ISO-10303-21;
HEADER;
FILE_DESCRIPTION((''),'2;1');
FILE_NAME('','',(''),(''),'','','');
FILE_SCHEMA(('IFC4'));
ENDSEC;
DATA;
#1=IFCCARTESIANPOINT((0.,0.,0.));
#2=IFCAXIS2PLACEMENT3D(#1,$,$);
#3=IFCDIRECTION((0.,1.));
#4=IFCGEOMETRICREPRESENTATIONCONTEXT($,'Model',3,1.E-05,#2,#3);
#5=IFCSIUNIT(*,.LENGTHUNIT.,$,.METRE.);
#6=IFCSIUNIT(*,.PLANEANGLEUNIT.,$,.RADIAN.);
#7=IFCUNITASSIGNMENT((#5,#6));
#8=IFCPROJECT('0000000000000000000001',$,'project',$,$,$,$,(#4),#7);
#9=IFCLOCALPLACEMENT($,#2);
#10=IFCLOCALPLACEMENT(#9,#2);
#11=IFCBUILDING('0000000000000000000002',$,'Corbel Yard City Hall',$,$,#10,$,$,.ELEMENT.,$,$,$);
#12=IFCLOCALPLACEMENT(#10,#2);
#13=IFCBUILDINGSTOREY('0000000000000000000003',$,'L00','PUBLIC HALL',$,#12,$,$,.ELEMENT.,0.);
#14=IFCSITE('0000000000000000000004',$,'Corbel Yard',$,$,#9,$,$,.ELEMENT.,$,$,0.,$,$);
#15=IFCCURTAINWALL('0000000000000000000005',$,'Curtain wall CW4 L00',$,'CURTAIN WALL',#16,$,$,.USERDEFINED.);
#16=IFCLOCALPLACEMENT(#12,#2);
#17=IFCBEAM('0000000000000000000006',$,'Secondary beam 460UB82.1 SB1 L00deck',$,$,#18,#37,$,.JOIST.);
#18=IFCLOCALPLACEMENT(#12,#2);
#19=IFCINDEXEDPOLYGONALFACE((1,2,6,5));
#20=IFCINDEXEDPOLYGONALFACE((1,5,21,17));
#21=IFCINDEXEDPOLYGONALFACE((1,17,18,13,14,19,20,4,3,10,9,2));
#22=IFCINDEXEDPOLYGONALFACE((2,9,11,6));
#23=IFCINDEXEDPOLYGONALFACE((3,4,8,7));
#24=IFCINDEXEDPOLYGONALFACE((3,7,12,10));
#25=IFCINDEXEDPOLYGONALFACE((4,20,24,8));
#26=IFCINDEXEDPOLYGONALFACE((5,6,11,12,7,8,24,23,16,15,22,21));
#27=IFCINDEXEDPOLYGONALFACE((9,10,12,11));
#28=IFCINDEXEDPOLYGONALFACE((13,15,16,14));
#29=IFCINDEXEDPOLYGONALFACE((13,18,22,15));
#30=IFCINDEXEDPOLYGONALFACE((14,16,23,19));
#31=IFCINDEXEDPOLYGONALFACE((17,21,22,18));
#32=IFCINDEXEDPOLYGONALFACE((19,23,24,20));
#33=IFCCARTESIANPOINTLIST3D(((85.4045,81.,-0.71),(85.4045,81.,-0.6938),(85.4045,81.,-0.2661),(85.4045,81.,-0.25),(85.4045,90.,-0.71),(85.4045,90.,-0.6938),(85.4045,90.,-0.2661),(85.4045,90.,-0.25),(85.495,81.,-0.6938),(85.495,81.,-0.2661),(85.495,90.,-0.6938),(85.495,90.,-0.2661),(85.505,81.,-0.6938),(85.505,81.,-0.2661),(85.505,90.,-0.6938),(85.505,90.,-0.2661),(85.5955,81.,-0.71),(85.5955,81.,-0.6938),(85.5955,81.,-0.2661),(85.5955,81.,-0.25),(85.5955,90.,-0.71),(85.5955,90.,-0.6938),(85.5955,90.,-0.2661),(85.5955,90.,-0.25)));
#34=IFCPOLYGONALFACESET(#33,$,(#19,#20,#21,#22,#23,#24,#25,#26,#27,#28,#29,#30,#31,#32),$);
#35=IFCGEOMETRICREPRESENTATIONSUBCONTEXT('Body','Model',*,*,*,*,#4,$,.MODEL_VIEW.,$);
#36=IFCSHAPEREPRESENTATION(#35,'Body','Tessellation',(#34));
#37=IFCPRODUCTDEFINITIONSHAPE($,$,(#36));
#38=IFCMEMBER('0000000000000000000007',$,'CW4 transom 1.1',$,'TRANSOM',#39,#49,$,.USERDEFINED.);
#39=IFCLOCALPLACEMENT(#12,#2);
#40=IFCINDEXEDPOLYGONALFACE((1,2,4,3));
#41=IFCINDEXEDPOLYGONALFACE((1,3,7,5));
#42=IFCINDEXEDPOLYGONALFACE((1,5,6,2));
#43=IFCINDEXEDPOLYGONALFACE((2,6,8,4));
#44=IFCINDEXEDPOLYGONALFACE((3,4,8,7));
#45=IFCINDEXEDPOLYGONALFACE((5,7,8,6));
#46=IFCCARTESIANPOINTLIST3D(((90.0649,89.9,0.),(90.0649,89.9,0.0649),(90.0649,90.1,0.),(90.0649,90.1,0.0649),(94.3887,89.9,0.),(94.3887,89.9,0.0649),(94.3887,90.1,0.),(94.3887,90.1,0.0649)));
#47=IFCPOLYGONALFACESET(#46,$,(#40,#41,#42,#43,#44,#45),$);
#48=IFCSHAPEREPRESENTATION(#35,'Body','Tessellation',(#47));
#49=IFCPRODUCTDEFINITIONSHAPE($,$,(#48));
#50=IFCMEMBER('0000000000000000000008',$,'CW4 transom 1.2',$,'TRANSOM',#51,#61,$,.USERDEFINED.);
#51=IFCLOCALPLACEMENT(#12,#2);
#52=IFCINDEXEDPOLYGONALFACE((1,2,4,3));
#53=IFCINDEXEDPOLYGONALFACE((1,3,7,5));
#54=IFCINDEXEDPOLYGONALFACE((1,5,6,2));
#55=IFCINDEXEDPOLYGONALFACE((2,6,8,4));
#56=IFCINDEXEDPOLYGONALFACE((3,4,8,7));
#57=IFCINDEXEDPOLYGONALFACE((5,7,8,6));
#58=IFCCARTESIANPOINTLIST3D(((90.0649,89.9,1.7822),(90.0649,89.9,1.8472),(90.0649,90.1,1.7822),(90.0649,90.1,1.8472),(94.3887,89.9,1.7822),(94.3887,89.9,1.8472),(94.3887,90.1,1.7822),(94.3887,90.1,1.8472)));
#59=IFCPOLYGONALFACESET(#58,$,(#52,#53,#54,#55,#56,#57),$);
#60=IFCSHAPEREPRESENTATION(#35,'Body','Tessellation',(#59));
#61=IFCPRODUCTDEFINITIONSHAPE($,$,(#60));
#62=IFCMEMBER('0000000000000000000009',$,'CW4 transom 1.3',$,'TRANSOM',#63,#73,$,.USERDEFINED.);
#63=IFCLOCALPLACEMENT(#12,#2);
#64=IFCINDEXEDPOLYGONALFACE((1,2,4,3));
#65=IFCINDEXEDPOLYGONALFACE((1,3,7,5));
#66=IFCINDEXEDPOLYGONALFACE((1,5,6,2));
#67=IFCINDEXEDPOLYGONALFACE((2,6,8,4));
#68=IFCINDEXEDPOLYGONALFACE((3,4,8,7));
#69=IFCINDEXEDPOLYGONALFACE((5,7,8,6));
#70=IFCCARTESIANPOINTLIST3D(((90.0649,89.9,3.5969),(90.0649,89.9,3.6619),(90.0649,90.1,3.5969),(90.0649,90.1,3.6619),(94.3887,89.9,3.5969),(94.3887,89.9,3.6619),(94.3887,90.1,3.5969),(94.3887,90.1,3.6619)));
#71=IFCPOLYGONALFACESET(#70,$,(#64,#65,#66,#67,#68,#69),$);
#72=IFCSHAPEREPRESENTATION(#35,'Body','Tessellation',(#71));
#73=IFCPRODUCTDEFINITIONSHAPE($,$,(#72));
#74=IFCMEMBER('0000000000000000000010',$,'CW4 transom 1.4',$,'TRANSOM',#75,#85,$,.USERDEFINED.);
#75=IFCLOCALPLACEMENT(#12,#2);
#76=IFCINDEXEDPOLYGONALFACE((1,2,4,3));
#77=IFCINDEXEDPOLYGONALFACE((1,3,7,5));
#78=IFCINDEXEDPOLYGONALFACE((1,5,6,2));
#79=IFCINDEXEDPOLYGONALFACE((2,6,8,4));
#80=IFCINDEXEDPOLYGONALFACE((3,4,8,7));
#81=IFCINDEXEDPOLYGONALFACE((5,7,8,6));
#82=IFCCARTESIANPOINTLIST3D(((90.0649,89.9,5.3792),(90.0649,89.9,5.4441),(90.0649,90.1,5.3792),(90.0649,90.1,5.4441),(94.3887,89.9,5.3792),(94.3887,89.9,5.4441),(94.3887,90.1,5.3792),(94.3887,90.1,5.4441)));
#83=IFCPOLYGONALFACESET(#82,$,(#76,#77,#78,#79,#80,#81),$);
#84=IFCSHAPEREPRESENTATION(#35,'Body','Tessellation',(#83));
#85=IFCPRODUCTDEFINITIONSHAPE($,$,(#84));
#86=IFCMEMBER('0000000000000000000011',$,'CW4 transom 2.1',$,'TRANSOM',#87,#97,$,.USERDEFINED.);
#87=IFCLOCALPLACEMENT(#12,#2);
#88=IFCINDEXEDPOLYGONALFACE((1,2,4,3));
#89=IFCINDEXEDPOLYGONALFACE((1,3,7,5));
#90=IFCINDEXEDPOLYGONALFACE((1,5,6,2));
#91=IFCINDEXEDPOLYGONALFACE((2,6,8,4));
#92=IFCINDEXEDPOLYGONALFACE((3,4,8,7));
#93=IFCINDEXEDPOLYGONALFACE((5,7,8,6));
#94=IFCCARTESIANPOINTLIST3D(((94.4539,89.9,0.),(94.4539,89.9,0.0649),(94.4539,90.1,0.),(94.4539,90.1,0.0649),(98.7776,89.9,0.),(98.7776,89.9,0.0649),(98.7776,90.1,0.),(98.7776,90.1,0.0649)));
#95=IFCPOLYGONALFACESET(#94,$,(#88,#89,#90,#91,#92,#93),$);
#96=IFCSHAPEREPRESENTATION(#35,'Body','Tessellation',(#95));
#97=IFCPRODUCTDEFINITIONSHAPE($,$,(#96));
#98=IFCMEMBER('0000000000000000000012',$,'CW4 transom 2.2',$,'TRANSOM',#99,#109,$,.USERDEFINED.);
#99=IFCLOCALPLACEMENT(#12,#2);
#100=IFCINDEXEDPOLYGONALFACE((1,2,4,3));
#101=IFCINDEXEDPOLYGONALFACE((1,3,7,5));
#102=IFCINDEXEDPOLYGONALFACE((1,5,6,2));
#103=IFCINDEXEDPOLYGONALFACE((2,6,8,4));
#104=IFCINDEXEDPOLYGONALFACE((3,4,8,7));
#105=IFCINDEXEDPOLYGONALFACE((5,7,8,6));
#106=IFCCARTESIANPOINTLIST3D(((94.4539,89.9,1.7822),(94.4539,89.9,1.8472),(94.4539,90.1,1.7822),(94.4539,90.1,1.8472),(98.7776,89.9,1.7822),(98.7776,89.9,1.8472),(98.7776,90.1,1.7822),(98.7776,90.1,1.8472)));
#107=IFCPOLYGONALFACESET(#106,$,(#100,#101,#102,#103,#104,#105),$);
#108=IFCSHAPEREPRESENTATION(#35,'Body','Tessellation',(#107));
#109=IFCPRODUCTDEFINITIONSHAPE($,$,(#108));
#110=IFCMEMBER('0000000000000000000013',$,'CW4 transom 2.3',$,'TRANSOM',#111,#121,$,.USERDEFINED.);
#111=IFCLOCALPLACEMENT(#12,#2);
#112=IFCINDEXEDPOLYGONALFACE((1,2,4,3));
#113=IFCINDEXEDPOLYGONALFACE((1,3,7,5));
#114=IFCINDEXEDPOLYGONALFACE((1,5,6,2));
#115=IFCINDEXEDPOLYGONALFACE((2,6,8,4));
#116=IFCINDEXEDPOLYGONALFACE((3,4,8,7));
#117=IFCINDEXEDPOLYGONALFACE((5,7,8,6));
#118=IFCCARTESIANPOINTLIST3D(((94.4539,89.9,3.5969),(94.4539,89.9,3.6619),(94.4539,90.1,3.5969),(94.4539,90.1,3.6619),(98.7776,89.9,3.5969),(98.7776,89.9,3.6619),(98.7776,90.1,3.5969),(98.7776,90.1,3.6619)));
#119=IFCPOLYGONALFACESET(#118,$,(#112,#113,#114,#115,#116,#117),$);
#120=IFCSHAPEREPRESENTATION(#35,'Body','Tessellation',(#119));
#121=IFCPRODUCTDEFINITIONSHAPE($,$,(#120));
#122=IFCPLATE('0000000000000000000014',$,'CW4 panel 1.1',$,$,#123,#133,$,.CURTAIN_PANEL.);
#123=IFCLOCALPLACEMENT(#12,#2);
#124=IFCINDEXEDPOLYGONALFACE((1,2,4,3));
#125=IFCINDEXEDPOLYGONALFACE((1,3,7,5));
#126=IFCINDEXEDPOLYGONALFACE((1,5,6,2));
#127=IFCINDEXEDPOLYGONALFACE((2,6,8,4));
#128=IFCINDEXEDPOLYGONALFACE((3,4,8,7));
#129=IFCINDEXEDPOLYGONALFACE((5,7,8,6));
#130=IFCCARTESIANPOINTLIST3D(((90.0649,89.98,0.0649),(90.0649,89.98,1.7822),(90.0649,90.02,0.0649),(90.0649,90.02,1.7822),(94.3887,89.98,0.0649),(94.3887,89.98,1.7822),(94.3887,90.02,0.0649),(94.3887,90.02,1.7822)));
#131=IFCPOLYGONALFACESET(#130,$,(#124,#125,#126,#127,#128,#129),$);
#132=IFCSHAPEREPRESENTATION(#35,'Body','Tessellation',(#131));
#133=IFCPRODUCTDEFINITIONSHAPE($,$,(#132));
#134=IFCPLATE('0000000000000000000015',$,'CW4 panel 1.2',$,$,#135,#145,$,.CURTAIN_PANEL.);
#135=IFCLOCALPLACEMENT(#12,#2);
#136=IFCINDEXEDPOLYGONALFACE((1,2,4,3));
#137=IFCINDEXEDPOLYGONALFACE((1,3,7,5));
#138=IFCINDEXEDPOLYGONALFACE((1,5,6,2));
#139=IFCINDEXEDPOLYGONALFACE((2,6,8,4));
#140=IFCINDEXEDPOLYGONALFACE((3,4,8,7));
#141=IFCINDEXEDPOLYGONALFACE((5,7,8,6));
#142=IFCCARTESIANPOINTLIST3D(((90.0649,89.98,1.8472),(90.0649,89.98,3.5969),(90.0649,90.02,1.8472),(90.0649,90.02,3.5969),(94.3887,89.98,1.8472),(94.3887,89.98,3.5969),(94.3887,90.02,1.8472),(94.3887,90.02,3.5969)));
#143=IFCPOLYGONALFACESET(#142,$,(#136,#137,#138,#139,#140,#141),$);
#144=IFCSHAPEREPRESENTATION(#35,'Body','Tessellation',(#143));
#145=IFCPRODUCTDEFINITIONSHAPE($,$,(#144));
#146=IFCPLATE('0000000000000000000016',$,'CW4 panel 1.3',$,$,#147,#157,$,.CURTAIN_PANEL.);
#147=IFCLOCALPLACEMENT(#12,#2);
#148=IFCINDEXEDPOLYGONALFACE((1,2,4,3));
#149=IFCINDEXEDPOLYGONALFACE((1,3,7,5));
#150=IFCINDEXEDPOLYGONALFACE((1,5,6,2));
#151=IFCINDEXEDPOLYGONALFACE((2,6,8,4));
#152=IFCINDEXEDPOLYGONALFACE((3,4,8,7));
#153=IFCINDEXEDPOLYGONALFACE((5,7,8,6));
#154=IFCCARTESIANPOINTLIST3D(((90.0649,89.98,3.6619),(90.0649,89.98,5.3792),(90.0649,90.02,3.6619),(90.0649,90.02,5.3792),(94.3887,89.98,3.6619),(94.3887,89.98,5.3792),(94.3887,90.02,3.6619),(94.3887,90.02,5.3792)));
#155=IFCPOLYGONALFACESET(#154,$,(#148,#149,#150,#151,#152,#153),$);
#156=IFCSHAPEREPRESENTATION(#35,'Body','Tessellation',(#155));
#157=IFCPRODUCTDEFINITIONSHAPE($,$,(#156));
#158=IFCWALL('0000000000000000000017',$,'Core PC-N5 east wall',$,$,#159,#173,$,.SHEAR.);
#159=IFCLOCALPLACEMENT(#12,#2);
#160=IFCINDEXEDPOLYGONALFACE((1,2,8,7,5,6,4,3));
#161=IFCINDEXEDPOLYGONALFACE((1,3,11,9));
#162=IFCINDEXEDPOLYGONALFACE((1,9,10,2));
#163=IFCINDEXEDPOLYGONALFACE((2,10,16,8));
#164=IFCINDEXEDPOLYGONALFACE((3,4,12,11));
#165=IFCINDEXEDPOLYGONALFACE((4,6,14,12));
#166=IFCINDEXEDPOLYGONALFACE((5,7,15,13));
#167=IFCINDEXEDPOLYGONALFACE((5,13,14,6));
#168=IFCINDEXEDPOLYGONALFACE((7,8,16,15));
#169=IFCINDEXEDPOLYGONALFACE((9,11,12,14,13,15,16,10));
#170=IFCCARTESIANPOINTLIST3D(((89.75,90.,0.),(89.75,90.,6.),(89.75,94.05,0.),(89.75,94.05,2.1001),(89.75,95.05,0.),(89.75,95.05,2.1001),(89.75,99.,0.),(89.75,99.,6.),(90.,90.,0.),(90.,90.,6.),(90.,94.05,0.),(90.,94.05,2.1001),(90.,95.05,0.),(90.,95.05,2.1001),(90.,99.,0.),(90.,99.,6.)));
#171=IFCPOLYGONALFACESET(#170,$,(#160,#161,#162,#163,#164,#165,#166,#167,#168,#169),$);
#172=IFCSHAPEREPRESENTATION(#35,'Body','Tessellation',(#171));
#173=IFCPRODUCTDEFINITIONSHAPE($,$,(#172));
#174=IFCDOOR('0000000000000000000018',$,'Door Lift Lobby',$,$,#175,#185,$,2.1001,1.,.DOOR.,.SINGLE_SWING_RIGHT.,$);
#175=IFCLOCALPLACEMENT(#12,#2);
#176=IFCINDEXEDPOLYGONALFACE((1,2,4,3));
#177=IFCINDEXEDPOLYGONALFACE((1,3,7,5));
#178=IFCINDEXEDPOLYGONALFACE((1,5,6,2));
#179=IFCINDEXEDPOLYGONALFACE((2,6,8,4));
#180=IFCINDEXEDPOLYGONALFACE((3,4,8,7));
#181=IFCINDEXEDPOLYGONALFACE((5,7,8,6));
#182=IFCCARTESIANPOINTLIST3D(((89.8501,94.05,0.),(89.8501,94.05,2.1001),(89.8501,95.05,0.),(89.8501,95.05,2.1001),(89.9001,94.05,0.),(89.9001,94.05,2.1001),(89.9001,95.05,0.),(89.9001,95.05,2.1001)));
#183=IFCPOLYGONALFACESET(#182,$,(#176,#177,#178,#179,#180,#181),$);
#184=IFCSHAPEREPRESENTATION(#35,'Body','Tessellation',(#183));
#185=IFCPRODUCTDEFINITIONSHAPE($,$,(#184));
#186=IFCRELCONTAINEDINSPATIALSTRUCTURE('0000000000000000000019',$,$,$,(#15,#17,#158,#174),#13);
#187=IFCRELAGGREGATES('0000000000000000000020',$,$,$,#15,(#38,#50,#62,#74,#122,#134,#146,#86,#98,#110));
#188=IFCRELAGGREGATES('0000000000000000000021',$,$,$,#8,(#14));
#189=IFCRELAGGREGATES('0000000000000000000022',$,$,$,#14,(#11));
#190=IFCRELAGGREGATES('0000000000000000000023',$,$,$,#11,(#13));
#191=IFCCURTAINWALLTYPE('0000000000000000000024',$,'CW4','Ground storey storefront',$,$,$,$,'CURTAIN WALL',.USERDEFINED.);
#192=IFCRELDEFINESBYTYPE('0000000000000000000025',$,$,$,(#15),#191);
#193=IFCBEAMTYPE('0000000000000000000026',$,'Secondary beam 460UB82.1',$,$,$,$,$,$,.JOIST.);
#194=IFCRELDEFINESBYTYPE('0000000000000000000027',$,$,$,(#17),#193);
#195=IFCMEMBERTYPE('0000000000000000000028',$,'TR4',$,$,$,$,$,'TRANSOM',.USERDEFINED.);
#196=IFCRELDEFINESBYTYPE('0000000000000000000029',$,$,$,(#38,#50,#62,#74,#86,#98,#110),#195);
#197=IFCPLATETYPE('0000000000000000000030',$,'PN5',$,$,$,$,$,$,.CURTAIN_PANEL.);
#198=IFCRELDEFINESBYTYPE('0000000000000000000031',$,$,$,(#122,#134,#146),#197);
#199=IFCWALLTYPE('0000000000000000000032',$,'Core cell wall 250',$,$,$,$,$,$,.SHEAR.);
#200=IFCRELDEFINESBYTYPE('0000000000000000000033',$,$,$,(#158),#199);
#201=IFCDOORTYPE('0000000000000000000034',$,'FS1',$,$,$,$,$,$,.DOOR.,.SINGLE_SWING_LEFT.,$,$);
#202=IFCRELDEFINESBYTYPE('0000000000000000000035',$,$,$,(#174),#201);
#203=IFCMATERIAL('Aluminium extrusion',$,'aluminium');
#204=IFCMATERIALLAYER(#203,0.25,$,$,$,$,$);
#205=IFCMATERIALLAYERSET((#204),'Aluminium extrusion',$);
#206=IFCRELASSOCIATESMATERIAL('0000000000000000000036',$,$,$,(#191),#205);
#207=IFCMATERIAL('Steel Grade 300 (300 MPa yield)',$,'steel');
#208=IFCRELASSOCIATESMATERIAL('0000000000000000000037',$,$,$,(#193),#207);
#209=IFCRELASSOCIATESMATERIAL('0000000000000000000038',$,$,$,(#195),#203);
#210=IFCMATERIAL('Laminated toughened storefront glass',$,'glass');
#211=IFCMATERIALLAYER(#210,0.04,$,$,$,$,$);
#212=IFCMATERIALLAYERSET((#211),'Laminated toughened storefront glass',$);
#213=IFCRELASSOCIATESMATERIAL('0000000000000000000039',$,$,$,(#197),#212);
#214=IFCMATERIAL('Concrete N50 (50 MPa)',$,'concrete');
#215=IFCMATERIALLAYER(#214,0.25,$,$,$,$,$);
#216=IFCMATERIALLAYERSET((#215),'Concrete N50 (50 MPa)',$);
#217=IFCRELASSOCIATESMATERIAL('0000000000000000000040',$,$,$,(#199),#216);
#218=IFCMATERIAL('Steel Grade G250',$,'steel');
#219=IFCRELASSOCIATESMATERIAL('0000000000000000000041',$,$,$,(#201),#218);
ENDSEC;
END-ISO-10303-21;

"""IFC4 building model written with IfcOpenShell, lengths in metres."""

from ifc_helpers import new_model, si_unit, direction, frame, frame_2d, origin, origin_2d, place, context, subcontext, project, spatial, rectangle, i_section, extrude, material, layer, layer_set, material_profile, profile_set, type_object, element, fill, aggregate, save


model = new_model("IFC4")

# Units and contexts
model_context = context("Model", 3, precision=1e-05, world=origin(), true_north=direction((0.0, 1.0)))
body_context = subcontext(model_context, "Body", "Model", "MODEL_VIEW")
ifc_project = project(units=[si_unit("LENGTHUNIT", "METRE"), si_unit("PLANEANGLEUNIT", "RADIAN")], contexts=[model_context])

# Site, building, storey
site_placement = place(None, origin())
site = spatial("IfcSite", under=ifc_project, at=site_placement, Name="Corbel Yard", CompositionType="ELEMENT", RefElevation=0.0)
building_placement = place(site_placement, origin())
building = spatial("IfcBuilding", under=site, at=building_placement, Name="Corbel Yard City Hall", CompositionType="ELEMENT")
storey_placement = place(building_placement, origin())
storey = spatial("IfcBuildingStorey", under=building, at=storey_placement, Name="L00", Description="PUBLIC HALL", CompositionType="ELEMENT", Elevation=0.0)

# Shared definitions
ifc_material_1 = material(Name="Steel Grade 300 (300 MPa yield)", Category="steel")

# Curtain wall
ifc_material_2 = material(Name="Aluminium extrusion", Category="aluminium")
ifc_layer_1 = layer(ifc_material_2, 0.25)
ifc_layer_set_1 = layer_set([ifc_layer_1], Name="Aluminium extrusion")
curtain_wall_type = type_object("IfcCurtainWallType", Name="CW4", Description="Ground storey storefront", ElementType="CURTAIN WALL", PredefinedType="USERDEFINED", material=ifc_layer_set_1)
curtain_wall_placement = place(storey_placement, origin())
curtain_wall = element("IfcCurtainWall", 1, at=curtain_wall_placement, inside=storey, type_object=curtain_wall_type, Name="Curtain wall CW4 L00", ObjectType="CURTAIN WALL", PredefinedType="USERDEFINED")

# Beam
ifc_material_profile_1 = material_profile(ifc_material_1, i_section(OverallWidth=0.1909, OverallDepth=0.46, WebThickness=0.01, FlangeThickness=0.0161, at=origin_2d()), Name="460UB82.1")
ifc_profile_set_1 = profile_set([ifc_material_profile_1], Name="Steel Grade 300 (300 MPa yield)")
beam_type_1 = type_object("IfcBeamType", Name="Secondary beam 460UB82.1", PredefinedType="JOIST", material=ifc_profile_set_1)
beam_1_placement = place(storey_placement, frame((85.5, 81.0, -0.48), z_axis=(0.0, 1.0, 0.0), x_axis=(-1.0, 0.0, 0.0)))
element("IfcBeam", 2, at=beam_1_placement, inside=storey, type_object=beam_type_1, Name="Secondary beam 460UB82.1 SB1 L00deck", PredefinedType="JOIST", context=body_context, shape_type="SweptSolid", body=[
    extrude(i_section(OverallWidth=0.1909, OverallDepth=0.46, WebThickness=0.01, FlangeThickness=0.0161, at=origin_2d()), origin(), (0.0, 0.0, 1.0), 9.0),
])

# Members
ifc_material_profile_2 = material_profile(ifc_material_2, rectangle(XDim=0.2, YDim=0.0649, at=origin_2d()), Name="200x65")
ifc_profile_set_2 = profile_set([ifc_material_profile_2], Name="Aluminium extrusion")
member_type_1 = type_object("IfcMemberType", Name="TR4", ElementType="TRANSOM", PredefinedType="USERDEFINED", material=ifc_profile_set_2)
member_1_placement = place(storey_placement, frame((90.0649, 90.0, 0.0325), z_axis=(1.0, 0.0, 0.0), x_axis=(0.0, 1.0, 0.0)))
member_1 = element("IfcMember", 3, at=member_1_placement, type_object=member_type_1, Name="CW4 transom 1.1", ObjectType="TRANSOM", PredefinedType="USERDEFINED", context=body_context, shape_type="SweptSolid", body=[
    extrude(rectangle(XDim=0.2, YDim=0.0649, at=origin_2d()), origin(), (0.0, 0.0, 1.0), 4.3237),
])
member_2_placement = place(storey_placement, frame((90.0649, 90.0, 1.8147), z_axis=(1.0, 0.0, 0.0), x_axis=(0.0, 1.0, 0.0)))
member_2 = element("IfcMember", 4, at=member_2_placement, type_object=member_type_1, Name="CW4 transom 1.2", ObjectType="TRANSOM", PredefinedType="USERDEFINED", context=body_context, shape_type="SweptSolid", body=[
    extrude(rectangle(XDim=0.2, YDim=0.0649, at=origin_2d()), origin(), (0.0, 0.0, 1.0), 4.3237),
])
member_3_placement = place(storey_placement, frame((90.0649, 90.0, 3.6294), z_axis=(1.0, 0.0, 0.0), x_axis=(0.0, 1.0, 0.0)))
member_3 = element("IfcMember", 5, at=member_3_placement, type_object=member_type_1, Name="CW4 transom 1.3", ObjectType="TRANSOM", PredefinedType="USERDEFINED", context=body_context, shape_type="SweptSolid", body=[
    extrude(rectangle(XDim=0.2, YDim=0.0649, at=origin_2d()), origin(), (0.0, 0.0, 1.0), 4.3237),
])
member_4_placement = place(storey_placement, frame((90.0649, 90.0, 5.4116), z_axis=(1.0, 0.0, 0.0), x_axis=(0.0, 1.0, 0.0)))
member_4 = element("IfcMember", 6, at=member_4_placement, type_object=member_type_1, Name="CW4 transom 1.4", ObjectType="TRANSOM", PredefinedType="USERDEFINED", context=body_context, shape_type="SweptSolid", body=[
    extrude(rectangle(XDim=0.2, YDim=0.0649, at=origin_2d()), origin(), (0.0, 0.0, 1.0), 4.3237),
])
member_5_placement = place(storey_placement, frame((94.4539, 90.0, 0.0325), z_axis=(1.0, 0.0, 0.0), x_axis=(0.0, 1.0, 0.0)))
member_5 = element("IfcMember", 7, at=member_5_placement, type_object=member_type_1, Name="CW4 transom 2.1", ObjectType="TRANSOM", PredefinedType="USERDEFINED", context=body_context, shape_type="SweptSolid", body=[
    extrude(rectangle(XDim=0.2, YDim=0.0649, at=origin_2d()), origin(), (0.0, 0.0, 1.0), 4.3237),
])
member_6_placement = place(storey_placement, frame((94.4539, 90.0, 1.8147), z_axis=(1.0, 0.0, 0.0), x_axis=(0.0, 1.0, 0.0)))
member_6 = element("IfcMember", 8, at=member_6_placement, type_object=member_type_1, Name="CW4 transom 2.2", ObjectType="TRANSOM", PredefinedType="USERDEFINED", context=body_context, shape_type="SweptSolid", body=[
    extrude(rectangle(XDim=0.2, YDim=0.0649, at=origin_2d()), origin(), (0.0, 0.0, 1.0), 4.3237),
])
member_7_placement = place(storey_placement, frame((94.4539, 90.0, 3.6294), z_axis=(1.0, 0.0, 0.0), x_axis=(0.0, 1.0, 0.0)))
member_7 = element("IfcMember", 9, at=member_7_placement, type_object=member_type_1, Name="CW4 transom 2.3", ObjectType="TRANSOM", PredefinedType="USERDEFINED", context=body_context, shape_type="SweptSolid", body=[
    extrude(rectangle(XDim=0.2, YDim=0.0649, at=origin_2d()), origin(), (0.0, 0.0, 1.0), 4.3237),
])

# Plates
ifc_material_3 = material(Name="Laminated toughened storefront glass", Category="glass")
ifc_layer_2 = layer(ifc_material_3, 0.04)
ifc_layer_set_2 = layer_set([ifc_layer_2], Name="Laminated toughened storefront glass")
plate_type = type_object("IfcPlateType", Name="PN5", PredefinedType="CURTAIN_PANEL", material=ifc_layer_set_2)
plate_1_placement = place(storey_placement, frame((92.2268, 90.0, 0.0649), z_axis=(0.0, 0.0, 1.0), x_axis=(1.0, 0.0, 0.0)))
plate_1 = element("IfcPlate", 10, at=plate_1_placement, type_object=plate_type, Name="CW4 panel 1.1", PredefinedType="CURTAIN_PANEL", context=body_context, shape_type="SweptSolid", body=[
    extrude(rectangle(XDim=4.3237, YDim=0.04, at=origin_2d()), origin(), (0.0, 0.0, 1.0), 1.7173),
])
plate_2_placement = place(storey_placement, frame((92.2268, 90.0, 1.8472), z_axis=(0.0, 0.0, 1.0), x_axis=(1.0, 0.0, 0.0)))
plate_2 = element("IfcPlate", 11, at=plate_2_placement, type_object=plate_type, Name="CW4 panel 1.2", PredefinedType="CURTAIN_PANEL", context=body_context, shape_type="SweptSolid", body=[
    extrude(rectangle(XDim=4.3237, YDim=0.04, at=origin_2d()), origin(), (0.0, 0.0, 1.0), 1.7498),
])
plate_3_placement = place(storey_placement, frame((92.2268, 90.0, 3.6619), z_axis=(0.0, 0.0, 1.0), x_axis=(1.0, 0.0, 0.0)))
plate_3 = element("IfcPlate", 12, at=plate_3_placement, type_object=plate_type, Name="CW4 panel 1.3", PredefinedType="CURTAIN_PANEL", context=body_context, shape_type="SweptSolid", body=[
    extrude(rectangle(XDim=4.3237, YDim=0.04, at=origin_2d()), origin(), (0.0, 0.0, 1.0), 1.7173),
])
aggregate(curtain_wall, [member_1, member_2, member_3, member_4, plate_1, plate_2, plate_3, member_5, member_6, member_7])

# Wall, opening, door
ifc_material_4 = material(Name="Concrete N50 (50 MPa)", Category="concrete")
ifc_layer_3 = layer(ifc_material_4, 0.25)
ifc_layer_set_3 = layer_set([ifc_layer_3], Name="Concrete N50 (50 MPa)")
wall_type_1 = type_object("IfcWallType", Name="Core cell wall 250", PredefinedType="SHEAR", material=ifc_layer_set_3)
wall_1_placement = place(storey_placement, frame((89.875, 90.0, 0.0), z_axis=(0.0, 0.0, 1.0), x_axis=(0.0, 1.0, 0.0)))
wall_1 = element("IfcWall", 13, at=wall_1_placement, inside=storey, type_object=wall_type_1, Name="Core PC-N5 east wall", PredefinedType="SHEAR", context=body_context, shape_type="SweptSolid", body=[
    extrude(rectangle(XDim=9.0, YDim=0.25, at=frame_2d((4.5, 0.0))), origin(), (0.0, 0.0, 1.0), 6.0),
])
opening_1_placement = place(wall_1_placement, frame((4.05, 0.0, 0.0)))
opening_1 = element("IfcOpeningElement", 14, at=opening_1_placement, cuts=wall_1, PredefinedType="OPENING", context=body_context, shape_type="SweptSolid", body=[
    extrude(rectangle(XDim=1.0, YDim=2.1001, at=frame_2d((0.5, 1.05))), frame((0.0, 0.135, 0.0), z_axis=(0.0, -1.0, 0.0), x_axis=(1.0, 0.0, 0.0)), (0.0, 0.0, 1.0), 0.27),
])
ifc_material_5 = material(Name="Steel Grade G250", Category="steel")
door_type = type_object("IfcDoorType", Name="FS1", OperationType="SINGLE_SWING_LEFT", PredefinedType="DOOR", material=ifc_material_5)
door_1_placement = place(opening_1_placement, origin())
door_1 = element("IfcDoor", 15, at=door_1_placement, inside=storey, type_object=door_type, Name="Door Lift Lobby", OperationType="SINGLE_SWING_RIGHT", OverallHeight=2.1001, OverallWidth=1.0, PredefinedType="DOOR", context=body_context, shape_type="SweptSolid", body=[
    extrude(rectangle(XDim=1.0, YDim=2.1001, at=frame_2d((0.5, 1.05))), frame((0.0, 0.0249, 0.0), z_axis=(0.0, -1.0, 0.0), x_axis=(1.0, 0.0, 0.0)), (0.0, 0.0, 1.0), 0.05),
])
fill(opening_1, door_1)

save(model, "model.ifc")
